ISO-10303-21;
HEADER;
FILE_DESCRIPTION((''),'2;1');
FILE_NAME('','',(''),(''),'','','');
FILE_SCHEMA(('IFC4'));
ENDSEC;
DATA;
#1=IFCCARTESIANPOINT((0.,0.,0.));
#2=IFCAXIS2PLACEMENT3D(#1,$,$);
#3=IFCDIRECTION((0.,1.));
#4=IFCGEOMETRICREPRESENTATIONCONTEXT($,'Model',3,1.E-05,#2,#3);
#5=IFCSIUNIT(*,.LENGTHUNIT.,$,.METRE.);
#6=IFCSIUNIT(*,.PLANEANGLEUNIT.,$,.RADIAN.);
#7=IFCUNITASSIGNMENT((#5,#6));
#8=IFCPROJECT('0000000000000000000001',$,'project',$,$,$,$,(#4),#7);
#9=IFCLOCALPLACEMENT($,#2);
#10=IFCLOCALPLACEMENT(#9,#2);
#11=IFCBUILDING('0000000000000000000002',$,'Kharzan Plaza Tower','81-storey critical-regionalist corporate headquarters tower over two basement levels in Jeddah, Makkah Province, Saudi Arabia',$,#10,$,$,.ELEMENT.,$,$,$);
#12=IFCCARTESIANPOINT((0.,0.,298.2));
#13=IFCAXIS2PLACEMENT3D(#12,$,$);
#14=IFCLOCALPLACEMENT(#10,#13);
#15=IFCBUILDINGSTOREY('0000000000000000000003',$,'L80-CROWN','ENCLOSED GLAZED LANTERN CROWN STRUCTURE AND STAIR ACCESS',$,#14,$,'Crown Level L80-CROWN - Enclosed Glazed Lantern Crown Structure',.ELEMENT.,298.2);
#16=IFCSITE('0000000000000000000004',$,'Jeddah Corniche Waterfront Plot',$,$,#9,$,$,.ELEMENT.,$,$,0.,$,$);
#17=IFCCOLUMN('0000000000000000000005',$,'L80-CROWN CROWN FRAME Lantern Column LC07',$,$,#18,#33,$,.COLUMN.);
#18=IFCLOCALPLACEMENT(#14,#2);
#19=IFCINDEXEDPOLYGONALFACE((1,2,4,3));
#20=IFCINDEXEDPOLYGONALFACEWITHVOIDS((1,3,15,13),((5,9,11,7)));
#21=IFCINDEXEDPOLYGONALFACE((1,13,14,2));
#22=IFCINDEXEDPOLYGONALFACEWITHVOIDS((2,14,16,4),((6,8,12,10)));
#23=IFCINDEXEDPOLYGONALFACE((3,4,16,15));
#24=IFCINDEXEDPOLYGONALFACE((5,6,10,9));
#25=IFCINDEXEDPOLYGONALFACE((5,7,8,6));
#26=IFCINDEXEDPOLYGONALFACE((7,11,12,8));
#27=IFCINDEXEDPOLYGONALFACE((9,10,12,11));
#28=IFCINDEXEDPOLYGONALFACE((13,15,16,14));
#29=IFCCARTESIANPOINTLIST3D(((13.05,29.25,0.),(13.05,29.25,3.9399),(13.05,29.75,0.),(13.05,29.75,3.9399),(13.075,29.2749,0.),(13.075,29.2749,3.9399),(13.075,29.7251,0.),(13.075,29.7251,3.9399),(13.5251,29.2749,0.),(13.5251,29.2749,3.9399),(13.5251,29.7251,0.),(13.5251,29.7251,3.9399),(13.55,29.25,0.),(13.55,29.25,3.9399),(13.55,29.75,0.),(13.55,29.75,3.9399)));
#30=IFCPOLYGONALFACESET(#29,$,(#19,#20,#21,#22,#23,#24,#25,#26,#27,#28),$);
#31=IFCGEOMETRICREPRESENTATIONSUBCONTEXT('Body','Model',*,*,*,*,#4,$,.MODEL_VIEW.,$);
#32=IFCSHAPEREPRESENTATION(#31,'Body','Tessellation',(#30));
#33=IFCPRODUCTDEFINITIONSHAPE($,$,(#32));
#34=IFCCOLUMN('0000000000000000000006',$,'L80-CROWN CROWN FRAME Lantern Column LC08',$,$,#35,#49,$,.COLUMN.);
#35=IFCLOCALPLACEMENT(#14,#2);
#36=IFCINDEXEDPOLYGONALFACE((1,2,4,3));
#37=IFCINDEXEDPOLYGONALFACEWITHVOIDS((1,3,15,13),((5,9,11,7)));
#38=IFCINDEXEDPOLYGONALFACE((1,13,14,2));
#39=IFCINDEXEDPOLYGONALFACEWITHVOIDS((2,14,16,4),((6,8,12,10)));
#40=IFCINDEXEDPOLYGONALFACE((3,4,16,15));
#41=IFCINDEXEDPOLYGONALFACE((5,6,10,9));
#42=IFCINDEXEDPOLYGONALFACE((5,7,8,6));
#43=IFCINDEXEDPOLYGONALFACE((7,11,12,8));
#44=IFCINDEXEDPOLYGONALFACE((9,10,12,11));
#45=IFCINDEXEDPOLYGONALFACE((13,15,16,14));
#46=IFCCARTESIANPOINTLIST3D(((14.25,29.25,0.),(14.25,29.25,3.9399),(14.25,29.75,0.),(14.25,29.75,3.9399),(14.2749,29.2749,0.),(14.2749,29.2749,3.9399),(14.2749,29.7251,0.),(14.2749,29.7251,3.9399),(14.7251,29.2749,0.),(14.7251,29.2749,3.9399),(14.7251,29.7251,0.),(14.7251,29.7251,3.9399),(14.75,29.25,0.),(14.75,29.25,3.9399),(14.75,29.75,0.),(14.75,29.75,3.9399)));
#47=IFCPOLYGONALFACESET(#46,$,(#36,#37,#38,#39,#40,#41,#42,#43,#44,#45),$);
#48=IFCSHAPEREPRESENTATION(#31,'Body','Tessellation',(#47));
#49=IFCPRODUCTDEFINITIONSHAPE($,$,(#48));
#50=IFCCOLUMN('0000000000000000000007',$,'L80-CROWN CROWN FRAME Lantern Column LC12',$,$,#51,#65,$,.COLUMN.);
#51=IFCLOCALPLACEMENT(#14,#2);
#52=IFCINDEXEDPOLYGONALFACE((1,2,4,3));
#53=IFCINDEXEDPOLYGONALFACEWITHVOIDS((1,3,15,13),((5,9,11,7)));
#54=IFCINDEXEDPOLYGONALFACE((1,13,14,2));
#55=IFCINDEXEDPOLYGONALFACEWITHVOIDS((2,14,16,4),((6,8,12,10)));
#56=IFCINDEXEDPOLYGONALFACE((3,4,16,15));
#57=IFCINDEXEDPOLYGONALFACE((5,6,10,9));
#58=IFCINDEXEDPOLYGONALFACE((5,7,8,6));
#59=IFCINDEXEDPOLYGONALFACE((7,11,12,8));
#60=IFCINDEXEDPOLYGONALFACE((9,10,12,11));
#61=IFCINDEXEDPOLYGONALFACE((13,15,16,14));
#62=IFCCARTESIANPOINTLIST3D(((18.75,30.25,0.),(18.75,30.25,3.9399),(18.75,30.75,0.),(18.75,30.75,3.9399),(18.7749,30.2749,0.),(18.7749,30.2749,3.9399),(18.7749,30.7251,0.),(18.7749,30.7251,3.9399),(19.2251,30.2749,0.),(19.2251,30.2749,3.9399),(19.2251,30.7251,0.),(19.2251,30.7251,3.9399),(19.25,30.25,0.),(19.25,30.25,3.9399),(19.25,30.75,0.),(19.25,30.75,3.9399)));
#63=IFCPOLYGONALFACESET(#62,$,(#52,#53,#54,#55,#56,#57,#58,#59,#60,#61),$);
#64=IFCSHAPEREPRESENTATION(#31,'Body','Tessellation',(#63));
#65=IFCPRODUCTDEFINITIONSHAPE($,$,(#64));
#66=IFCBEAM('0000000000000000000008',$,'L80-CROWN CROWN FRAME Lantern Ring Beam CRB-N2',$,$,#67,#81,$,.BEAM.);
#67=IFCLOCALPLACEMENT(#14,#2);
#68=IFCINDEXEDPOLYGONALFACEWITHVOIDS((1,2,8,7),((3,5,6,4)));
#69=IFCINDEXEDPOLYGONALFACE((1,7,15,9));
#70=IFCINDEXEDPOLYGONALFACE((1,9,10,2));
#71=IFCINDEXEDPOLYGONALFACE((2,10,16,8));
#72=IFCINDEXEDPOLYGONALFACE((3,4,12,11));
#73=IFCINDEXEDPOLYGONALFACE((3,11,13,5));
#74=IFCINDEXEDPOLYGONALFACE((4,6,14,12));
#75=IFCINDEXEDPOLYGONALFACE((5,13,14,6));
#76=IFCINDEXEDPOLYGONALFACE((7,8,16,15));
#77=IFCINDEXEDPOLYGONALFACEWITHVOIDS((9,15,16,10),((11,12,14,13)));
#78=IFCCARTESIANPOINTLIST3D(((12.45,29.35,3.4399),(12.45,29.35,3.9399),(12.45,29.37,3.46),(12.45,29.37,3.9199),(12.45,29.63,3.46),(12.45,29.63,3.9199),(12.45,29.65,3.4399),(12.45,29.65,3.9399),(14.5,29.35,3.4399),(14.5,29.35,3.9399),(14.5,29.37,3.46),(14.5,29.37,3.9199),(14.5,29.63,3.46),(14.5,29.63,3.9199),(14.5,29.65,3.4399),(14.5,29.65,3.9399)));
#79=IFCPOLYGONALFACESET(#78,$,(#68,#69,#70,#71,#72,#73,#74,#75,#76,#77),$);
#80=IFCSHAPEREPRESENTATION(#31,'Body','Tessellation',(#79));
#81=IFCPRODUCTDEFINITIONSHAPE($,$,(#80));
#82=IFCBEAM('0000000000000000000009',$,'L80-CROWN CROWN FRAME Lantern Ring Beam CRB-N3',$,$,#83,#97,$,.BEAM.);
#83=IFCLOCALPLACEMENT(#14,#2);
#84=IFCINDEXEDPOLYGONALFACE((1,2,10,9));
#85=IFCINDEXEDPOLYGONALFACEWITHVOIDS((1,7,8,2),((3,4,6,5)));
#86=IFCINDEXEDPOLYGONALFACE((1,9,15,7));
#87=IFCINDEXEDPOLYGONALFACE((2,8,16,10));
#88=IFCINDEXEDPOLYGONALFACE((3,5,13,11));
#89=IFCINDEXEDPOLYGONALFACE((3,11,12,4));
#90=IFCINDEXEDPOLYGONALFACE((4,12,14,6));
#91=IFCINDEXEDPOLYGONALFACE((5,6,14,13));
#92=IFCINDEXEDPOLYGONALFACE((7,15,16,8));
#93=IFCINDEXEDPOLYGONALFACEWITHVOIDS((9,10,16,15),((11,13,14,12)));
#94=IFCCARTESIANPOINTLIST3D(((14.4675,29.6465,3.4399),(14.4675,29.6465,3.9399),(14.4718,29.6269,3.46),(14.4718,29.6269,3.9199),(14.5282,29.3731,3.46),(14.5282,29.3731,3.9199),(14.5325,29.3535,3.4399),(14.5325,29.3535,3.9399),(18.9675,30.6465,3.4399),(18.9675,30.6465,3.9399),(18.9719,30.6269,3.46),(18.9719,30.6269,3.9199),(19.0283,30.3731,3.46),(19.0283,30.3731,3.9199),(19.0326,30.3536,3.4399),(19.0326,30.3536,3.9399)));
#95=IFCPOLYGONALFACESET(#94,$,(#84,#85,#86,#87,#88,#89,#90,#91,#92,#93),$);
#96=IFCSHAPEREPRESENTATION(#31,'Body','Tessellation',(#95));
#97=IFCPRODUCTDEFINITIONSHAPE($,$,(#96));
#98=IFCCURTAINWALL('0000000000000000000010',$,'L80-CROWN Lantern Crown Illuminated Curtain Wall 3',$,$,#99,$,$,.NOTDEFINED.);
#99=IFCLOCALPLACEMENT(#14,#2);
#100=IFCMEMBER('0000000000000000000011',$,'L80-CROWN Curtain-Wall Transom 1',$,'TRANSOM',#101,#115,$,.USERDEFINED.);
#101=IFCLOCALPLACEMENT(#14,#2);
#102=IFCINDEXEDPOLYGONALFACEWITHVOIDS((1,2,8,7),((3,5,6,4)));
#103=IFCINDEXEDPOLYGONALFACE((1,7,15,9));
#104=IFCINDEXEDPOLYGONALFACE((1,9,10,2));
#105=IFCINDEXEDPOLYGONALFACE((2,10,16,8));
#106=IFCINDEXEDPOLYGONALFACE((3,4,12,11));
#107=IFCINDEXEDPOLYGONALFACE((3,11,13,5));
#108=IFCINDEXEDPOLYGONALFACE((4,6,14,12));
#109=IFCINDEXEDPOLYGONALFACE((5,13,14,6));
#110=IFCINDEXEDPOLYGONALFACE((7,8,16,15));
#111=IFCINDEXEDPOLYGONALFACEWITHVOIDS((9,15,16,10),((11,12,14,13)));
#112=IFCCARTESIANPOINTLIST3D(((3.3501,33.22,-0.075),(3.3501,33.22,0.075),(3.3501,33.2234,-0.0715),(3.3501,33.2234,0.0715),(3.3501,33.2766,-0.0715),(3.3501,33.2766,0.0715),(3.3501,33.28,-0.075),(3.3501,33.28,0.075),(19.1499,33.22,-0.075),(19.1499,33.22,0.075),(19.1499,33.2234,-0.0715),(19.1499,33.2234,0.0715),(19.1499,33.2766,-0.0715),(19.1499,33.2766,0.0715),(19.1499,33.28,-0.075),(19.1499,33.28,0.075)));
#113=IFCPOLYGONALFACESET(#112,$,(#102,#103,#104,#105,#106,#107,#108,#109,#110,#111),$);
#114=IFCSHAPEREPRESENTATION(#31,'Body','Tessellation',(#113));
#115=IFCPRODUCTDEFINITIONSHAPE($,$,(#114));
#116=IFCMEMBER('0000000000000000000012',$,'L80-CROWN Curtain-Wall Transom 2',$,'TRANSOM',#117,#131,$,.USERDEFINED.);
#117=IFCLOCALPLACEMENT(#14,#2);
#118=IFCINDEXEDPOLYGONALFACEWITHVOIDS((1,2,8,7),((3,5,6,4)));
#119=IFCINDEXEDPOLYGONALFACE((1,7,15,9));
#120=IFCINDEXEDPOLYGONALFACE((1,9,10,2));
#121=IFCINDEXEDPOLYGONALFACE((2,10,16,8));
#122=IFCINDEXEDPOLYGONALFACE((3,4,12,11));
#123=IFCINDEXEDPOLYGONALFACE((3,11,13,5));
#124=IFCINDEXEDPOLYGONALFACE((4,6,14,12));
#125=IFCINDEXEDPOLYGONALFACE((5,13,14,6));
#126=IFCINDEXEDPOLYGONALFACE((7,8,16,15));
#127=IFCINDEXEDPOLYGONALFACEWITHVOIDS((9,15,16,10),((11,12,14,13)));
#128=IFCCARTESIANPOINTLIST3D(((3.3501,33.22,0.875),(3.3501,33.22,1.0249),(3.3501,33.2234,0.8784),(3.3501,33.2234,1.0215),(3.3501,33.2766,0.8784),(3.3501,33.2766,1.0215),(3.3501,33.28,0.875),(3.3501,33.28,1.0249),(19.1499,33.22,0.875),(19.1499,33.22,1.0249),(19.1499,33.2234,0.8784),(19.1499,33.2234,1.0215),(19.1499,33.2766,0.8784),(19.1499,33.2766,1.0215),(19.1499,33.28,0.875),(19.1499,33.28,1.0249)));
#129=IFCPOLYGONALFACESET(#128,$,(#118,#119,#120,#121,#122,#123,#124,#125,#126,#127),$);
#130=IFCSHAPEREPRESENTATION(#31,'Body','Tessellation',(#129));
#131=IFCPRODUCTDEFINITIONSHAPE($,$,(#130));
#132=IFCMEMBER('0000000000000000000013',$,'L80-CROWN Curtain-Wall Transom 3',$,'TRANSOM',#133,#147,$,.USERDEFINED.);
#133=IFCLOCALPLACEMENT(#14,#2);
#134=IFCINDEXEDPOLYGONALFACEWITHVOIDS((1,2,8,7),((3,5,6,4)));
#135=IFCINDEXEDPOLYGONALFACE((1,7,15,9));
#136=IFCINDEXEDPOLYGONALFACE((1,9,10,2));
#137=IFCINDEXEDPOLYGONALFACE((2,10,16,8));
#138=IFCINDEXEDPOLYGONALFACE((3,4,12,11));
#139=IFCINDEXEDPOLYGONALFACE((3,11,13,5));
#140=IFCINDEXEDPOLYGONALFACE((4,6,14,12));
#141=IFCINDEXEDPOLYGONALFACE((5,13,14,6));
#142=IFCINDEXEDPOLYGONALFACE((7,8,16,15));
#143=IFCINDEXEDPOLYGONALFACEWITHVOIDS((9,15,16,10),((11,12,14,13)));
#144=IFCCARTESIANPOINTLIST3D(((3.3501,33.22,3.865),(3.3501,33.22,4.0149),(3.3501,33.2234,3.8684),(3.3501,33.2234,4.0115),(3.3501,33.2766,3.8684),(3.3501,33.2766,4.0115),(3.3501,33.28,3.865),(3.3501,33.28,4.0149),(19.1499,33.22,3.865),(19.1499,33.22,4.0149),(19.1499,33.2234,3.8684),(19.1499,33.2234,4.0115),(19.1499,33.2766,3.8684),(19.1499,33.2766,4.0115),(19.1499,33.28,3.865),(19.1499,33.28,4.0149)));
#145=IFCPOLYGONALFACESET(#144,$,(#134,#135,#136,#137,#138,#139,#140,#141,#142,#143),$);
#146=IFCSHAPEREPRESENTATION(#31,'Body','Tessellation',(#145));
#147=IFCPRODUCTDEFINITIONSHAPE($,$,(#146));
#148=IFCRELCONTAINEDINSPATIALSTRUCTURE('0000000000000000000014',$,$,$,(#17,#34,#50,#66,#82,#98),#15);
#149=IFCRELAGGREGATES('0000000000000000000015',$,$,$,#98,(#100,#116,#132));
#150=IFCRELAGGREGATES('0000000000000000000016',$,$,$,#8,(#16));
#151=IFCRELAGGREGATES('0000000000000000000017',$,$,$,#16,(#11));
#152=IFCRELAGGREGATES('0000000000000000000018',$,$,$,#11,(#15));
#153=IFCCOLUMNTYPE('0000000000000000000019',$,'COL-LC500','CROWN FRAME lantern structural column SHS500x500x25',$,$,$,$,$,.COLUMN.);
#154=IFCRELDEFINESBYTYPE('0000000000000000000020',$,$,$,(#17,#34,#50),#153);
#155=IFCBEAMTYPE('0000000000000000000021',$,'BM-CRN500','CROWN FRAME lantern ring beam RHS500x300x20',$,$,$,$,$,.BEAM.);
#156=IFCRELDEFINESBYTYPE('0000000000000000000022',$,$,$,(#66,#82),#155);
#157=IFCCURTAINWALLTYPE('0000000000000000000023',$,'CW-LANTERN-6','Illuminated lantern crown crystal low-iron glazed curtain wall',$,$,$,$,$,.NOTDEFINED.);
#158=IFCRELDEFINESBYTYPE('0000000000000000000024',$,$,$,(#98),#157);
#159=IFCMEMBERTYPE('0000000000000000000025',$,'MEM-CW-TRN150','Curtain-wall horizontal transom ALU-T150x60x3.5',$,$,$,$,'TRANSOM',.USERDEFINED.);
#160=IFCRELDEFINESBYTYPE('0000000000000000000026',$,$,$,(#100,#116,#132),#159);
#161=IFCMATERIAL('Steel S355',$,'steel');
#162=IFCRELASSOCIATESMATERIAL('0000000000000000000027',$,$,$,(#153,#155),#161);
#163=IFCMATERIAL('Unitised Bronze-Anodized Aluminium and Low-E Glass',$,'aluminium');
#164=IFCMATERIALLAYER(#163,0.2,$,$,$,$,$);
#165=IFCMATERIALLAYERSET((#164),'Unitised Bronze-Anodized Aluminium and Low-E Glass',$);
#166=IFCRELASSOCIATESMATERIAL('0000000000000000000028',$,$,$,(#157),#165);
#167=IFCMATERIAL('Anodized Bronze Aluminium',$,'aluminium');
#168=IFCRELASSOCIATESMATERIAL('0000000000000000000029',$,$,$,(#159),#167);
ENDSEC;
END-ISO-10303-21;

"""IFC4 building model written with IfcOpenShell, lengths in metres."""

from ifc_helpers import new_model, si_unit, direction, frame, origin, origin_2d, place, context, subcontext, project, spatial, hollow_rectangle, extrude, source, transform, mapped, material, layer, layer_set, material_profile, profile_set, type_object, element, aggregate, save


model = new_model("IFC4")

# Units and contexts
model_context = context("Model", 3, precision=1e-05, world=origin(), true_north=direction((0.0, 1.0)))
body_context = subcontext(model_context, "Body", "Model", "MODEL_VIEW")
ifc_project = project(units=[si_unit("LENGTHUNIT", "METRE"), si_unit("PLANEANGLEUNIT", "RADIAN")], contexts=[model_context])

# Site, building, storey
site_placement = place(None, origin())
site = spatial("IfcSite", under=ifc_project, at=site_placement, Name="Jeddah Corniche Waterfront Plot", CompositionType="ELEMENT", RefElevation=0.0)
building_placement = place(site_placement, origin())
building = spatial("IfcBuilding", under=site, at=building_placement, Name="Kharzan Plaza Tower", Description="81-storey critical-regionalist corporate headquarters tower over two basement levels in Jeddah, Makkah Province, Saudi Arabia", CompositionType="ELEMENT")
storey_placement = place(building_placement, frame((0.0, 0.0, 298.2)))
storey = spatial("IfcBuildingStorey", under=building, at=storey_placement, Name="L80-CROWN", Description="ENCLOSED GLAZED LANTERN CROWN STRUCTURE AND STAIR ACCESS", LongName="Crown Level L80-CROWN - Enclosed Glazed Lantern Crown Structure", CompositionType="ELEMENT", Elevation=298.2)

# Columns
ifc_material_1 = material(Name="Steel S355", Category="steel")
ifc_material_profile_1 = material_profile(ifc_material_1, hollow_rectangle(XDim=0.5, YDim=0.5, WallThickness=0.0249, at=origin_2d()), Name="SHS500x500x25")
ifc_profile_set_1 = profile_set([ifc_material_profile_1], Name="Steel S355")
column_type = type_object("IfcColumnType", Name="COL-LC500", Description="CROWN FRAME lantern structural column SHS500x500x25", PredefinedType="COLUMN", material=ifc_profile_set_1)
shared_shape_1 = source(origin(), body_context, "Body", "SweptSolid", [
    extrude(hollow_rectangle(XDim=0.5, YDim=0.5, WallThickness=0.0249, at=origin_2d()), origin(), (0.0, 0.0, 1.0), 3.9399),
])
for number, where, z_axis, x_axis, name in (
    (1, (13.3, 29.5, 0.0), (0.0, 0.0, 1.0), (1.0, 0.0, 0.0), "L80-CROWN CROWN FRAME Lantern Column LC07"),
    (2, (14.5, 29.5, 0.0), (0.0, 0.0, 1.0), (1.0, 0.0, 0.0), "L80-CROWN CROWN FRAME Lantern Column LC08"),
    (3, (19.0, 30.5, 0.0), (0.0, 0.0, 1.0), (1.0, 0.0, 0.0), "L80-CROWN CROWN FRAME Lantern Column LC12"),
):
    element("IfcColumn", number, at=place(storey_placement, frame(where, z_axis=z_axis, x_axis=x_axis)), inside=storey, type_object=column_type, Name=name, PredefinedType="COLUMN", context=body_context, shape_type="MappedRepresentation", body=[
        mapped(shared_shape_1, transform((0.0, 0.0, 0.0), x_axis=(1.0, 0.0, 0.0), y_axis=(0.0, 1.0, 0.0), z_axis=(0.0, 0.0, 1.0))),
    ])

# Beams
ifc_material_profile_2 = material_profile(ifc_material_1, hollow_rectangle(XDim=0.3, YDim=0.5, WallThickness=0.02, at=origin_2d()), Name="RHS500x300x20")
ifc_profile_set_2 = profile_set([ifc_material_profile_2], Name="Steel S355")
beam_type = type_object("IfcBeamType", Name="BM-CRN500", Description="CROWN FRAME lantern ring beam RHS500x300x20", PredefinedType="BEAM", material=ifc_profile_set_2)
shared_shape_2 = source(origin(), body_context, "Body", "SweptSolid", [
    extrude(hollow_rectangle(XDim=0.3, YDim=0.5, WallThickness=0.02, at=origin_2d()), origin(), (0.0, 0.0, 1.0), 2.05),
])
beam_1_placement = place(storey_placement, frame((12.45, 29.5, 3.6899), z_axis=(1.0, 0.0, 0.0), x_axis=(0.0, 1.0, 0.0)))
element("IfcBeam", 4, at=beam_1_placement, inside=storey, type_object=beam_type, Name="L80-CROWN CROWN FRAME Lantern Ring Beam CRB-N2", PredefinedType="BEAM", context=body_context, shape_type="MappedRepresentation", body=[
    mapped(shared_shape_2, transform((0.0, 0.0, 0.0), x_axis=(1.0, 0.0, 0.0), y_axis=(0.0, 1.0, 0.0), z_axis=(0.0, 0.0, 1.0))),
])
shared_shape_3 = source(origin(), body_context, "Body", "SweptSolid", [
    extrude(hollow_rectangle(XDim=0.3, YDim=0.5, WallThickness=0.02, at=origin_2d()), origin(), (0.0, 0.0, 1.0), 4.6099),
])
beam_2_placement = place(storey_placement, frame((14.5, 29.5, 3.6899), z_axis=(0.976187, 0.21693, 0.0), x_axis=(-0.21693, 0.976187, 0.0)))
element("IfcBeam", 5, at=beam_2_placement, inside=storey, type_object=beam_type, Name="L80-CROWN CROWN FRAME Lantern Ring Beam CRB-N3", PredefinedType="BEAM", context=body_context, shape_type="MappedRepresentation", body=[
    mapped(shared_shape_3, transform((0.0, 0.0, 0.0), x_axis=(1.0, 0.0, 0.0), y_axis=(0.0, 1.0, 0.0), z_axis=(0.0, 0.0, 1.0))),
])

# Curtain wall, members
ifc_material_2 = material(Name="Unitised Bronze-Anodized Aluminium and Low-E Glass", Category="aluminium")
ifc_layer_1 = layer(ifc_material_2, 0.2)
ifc_layer_set_1 = layer_set([ifc_layer_1], Name="Unitised Bronze-Anodized Aluminium and Low-E Glass")
curtain_wall_type = type_object("IfcCurtainWallType", Name="CW-LANTERN-6", Description="Illuminated lantern crown crystal low-iron glazed curtain wall", PredefinedType="NOTDEFINED", material=ifc_layer_set_1)
curtain_wall_1_placement = place(storey_placement, origin())
curtain_wall_1 = element("IfcCurtainWall", 6, at=curtain_wall_1_placement, inside=storey, type_object=curtain_wall_type, Name="L80-CROWN Lantern Crown Illuminated Curtain Wall 3", PredefinedType="NOTDEFINED")
ifc_material_3 = material(Name="Anodized Bronze Aluminium", Category="aluminium")
ifc_material_profile_3 = material_profile(ifc_material_3, hollow_rectangle(XDim=0.0601, YDim=0.1499, WallThickness=0.0034, at=origin_2d()), Name="ALU-T150x60x3.5")
ifc_profile_set_3 = profile_set([ifc_material_profile_3], Name="Anodized Bronze Aluminium")
member_type_1 = type_object("IfcMemberType", Name="MEM-CW-TRN150", Description="Curtain-wall horizontal transom ALU-T150x60x3.5", ElementType="TRANSOM", PredefinedType="USERDEFINED", material=ifc_profile_set_3)
shared_shape_4 = source(origin(), body_context, "Body", "SweptSolid", [
    extrude(hollow_rectangle(XDim=0.0601, YDim=0.1499, WallThickness=0.0034, at=origin_2d()), origin(), (0.0, 0.0, 1.0), 15.7998),
])
member_1_placement = place(storey_placement, frame((19.1499, 33.25, 0.0), z_axis=(-1.0, 0.0, 0.0), x_axis=(0.0, -1.0, 0.0)))
member_1 = element("IfcMember", 7, at=member_1_placement, type_object=member_type_1, Name="L80-CROWN Curtain-Wall Transom 1", ObjectType="TRANSOM", PredefinedType="USERDEFINED", context=body_context, shape_type="MappedRepresentation", body=[
    mapped(shared_shape_4, transform((0.0, 0.0, 0.0), x_axis=(1.0, 0.0, 0.0), y_axis=(0.0, 1.0, 0.0), z_axis=(0.0, 0.0, 1.0))),
])
member_2_placement = place(storey_placement, frame((19.1499, 33.25, 0.95), z_axis=(-1.0, 0.0, 0.0), x_axis=(0.0, -1.0, 0.0)))
member_2 = element("IfcMember", 8, at=member_2_placement, type_object=member_type_1, Name="L80-CROWN Curtain-Wall Transom 2", ObjectType="TRANSOM", PredefinedType="USERDEFINED", context=body_context, shape_type="MappedRepresentation", body=[
    mapped(shared_shape_4, transform((0.0, 0.0, 0.0), x_axis=(1.0, 0.0, 0.0), y_axis=(0.0, 1.0, 0.0), z_axis=(0.0, 0.0, 1.0))),
])
member_3_placement = place(storey_placement, frame((19.1499, 33.25, 3.9399), z_axis=(-1.0, 0.0, 0.0), x_axis=(0.0, -1.0, 0.0)))
member_3 = element("IfcMember", 9, at=member_3_placement, type_object=member_type_1, Name="L80-CROWN Curtain-Wall Transom 3", ObjectType="TRANSOM", PredefinedType="USERDEFINED", context=body_context, shape_type="MappedRepresentation", body=[
    mapped(shared_shape_4, transform((0.0, 0.0, 0.0), x_axis=(1.0, 0.0, 0.0), y_axis=(0.0, 1.0, 0.0), z_axis=(0.0, 0.0, 1.0))),
])

aggregate(curtain_wall_1, [member_1, member_2, member_3])

save(model, "model.ifc")
